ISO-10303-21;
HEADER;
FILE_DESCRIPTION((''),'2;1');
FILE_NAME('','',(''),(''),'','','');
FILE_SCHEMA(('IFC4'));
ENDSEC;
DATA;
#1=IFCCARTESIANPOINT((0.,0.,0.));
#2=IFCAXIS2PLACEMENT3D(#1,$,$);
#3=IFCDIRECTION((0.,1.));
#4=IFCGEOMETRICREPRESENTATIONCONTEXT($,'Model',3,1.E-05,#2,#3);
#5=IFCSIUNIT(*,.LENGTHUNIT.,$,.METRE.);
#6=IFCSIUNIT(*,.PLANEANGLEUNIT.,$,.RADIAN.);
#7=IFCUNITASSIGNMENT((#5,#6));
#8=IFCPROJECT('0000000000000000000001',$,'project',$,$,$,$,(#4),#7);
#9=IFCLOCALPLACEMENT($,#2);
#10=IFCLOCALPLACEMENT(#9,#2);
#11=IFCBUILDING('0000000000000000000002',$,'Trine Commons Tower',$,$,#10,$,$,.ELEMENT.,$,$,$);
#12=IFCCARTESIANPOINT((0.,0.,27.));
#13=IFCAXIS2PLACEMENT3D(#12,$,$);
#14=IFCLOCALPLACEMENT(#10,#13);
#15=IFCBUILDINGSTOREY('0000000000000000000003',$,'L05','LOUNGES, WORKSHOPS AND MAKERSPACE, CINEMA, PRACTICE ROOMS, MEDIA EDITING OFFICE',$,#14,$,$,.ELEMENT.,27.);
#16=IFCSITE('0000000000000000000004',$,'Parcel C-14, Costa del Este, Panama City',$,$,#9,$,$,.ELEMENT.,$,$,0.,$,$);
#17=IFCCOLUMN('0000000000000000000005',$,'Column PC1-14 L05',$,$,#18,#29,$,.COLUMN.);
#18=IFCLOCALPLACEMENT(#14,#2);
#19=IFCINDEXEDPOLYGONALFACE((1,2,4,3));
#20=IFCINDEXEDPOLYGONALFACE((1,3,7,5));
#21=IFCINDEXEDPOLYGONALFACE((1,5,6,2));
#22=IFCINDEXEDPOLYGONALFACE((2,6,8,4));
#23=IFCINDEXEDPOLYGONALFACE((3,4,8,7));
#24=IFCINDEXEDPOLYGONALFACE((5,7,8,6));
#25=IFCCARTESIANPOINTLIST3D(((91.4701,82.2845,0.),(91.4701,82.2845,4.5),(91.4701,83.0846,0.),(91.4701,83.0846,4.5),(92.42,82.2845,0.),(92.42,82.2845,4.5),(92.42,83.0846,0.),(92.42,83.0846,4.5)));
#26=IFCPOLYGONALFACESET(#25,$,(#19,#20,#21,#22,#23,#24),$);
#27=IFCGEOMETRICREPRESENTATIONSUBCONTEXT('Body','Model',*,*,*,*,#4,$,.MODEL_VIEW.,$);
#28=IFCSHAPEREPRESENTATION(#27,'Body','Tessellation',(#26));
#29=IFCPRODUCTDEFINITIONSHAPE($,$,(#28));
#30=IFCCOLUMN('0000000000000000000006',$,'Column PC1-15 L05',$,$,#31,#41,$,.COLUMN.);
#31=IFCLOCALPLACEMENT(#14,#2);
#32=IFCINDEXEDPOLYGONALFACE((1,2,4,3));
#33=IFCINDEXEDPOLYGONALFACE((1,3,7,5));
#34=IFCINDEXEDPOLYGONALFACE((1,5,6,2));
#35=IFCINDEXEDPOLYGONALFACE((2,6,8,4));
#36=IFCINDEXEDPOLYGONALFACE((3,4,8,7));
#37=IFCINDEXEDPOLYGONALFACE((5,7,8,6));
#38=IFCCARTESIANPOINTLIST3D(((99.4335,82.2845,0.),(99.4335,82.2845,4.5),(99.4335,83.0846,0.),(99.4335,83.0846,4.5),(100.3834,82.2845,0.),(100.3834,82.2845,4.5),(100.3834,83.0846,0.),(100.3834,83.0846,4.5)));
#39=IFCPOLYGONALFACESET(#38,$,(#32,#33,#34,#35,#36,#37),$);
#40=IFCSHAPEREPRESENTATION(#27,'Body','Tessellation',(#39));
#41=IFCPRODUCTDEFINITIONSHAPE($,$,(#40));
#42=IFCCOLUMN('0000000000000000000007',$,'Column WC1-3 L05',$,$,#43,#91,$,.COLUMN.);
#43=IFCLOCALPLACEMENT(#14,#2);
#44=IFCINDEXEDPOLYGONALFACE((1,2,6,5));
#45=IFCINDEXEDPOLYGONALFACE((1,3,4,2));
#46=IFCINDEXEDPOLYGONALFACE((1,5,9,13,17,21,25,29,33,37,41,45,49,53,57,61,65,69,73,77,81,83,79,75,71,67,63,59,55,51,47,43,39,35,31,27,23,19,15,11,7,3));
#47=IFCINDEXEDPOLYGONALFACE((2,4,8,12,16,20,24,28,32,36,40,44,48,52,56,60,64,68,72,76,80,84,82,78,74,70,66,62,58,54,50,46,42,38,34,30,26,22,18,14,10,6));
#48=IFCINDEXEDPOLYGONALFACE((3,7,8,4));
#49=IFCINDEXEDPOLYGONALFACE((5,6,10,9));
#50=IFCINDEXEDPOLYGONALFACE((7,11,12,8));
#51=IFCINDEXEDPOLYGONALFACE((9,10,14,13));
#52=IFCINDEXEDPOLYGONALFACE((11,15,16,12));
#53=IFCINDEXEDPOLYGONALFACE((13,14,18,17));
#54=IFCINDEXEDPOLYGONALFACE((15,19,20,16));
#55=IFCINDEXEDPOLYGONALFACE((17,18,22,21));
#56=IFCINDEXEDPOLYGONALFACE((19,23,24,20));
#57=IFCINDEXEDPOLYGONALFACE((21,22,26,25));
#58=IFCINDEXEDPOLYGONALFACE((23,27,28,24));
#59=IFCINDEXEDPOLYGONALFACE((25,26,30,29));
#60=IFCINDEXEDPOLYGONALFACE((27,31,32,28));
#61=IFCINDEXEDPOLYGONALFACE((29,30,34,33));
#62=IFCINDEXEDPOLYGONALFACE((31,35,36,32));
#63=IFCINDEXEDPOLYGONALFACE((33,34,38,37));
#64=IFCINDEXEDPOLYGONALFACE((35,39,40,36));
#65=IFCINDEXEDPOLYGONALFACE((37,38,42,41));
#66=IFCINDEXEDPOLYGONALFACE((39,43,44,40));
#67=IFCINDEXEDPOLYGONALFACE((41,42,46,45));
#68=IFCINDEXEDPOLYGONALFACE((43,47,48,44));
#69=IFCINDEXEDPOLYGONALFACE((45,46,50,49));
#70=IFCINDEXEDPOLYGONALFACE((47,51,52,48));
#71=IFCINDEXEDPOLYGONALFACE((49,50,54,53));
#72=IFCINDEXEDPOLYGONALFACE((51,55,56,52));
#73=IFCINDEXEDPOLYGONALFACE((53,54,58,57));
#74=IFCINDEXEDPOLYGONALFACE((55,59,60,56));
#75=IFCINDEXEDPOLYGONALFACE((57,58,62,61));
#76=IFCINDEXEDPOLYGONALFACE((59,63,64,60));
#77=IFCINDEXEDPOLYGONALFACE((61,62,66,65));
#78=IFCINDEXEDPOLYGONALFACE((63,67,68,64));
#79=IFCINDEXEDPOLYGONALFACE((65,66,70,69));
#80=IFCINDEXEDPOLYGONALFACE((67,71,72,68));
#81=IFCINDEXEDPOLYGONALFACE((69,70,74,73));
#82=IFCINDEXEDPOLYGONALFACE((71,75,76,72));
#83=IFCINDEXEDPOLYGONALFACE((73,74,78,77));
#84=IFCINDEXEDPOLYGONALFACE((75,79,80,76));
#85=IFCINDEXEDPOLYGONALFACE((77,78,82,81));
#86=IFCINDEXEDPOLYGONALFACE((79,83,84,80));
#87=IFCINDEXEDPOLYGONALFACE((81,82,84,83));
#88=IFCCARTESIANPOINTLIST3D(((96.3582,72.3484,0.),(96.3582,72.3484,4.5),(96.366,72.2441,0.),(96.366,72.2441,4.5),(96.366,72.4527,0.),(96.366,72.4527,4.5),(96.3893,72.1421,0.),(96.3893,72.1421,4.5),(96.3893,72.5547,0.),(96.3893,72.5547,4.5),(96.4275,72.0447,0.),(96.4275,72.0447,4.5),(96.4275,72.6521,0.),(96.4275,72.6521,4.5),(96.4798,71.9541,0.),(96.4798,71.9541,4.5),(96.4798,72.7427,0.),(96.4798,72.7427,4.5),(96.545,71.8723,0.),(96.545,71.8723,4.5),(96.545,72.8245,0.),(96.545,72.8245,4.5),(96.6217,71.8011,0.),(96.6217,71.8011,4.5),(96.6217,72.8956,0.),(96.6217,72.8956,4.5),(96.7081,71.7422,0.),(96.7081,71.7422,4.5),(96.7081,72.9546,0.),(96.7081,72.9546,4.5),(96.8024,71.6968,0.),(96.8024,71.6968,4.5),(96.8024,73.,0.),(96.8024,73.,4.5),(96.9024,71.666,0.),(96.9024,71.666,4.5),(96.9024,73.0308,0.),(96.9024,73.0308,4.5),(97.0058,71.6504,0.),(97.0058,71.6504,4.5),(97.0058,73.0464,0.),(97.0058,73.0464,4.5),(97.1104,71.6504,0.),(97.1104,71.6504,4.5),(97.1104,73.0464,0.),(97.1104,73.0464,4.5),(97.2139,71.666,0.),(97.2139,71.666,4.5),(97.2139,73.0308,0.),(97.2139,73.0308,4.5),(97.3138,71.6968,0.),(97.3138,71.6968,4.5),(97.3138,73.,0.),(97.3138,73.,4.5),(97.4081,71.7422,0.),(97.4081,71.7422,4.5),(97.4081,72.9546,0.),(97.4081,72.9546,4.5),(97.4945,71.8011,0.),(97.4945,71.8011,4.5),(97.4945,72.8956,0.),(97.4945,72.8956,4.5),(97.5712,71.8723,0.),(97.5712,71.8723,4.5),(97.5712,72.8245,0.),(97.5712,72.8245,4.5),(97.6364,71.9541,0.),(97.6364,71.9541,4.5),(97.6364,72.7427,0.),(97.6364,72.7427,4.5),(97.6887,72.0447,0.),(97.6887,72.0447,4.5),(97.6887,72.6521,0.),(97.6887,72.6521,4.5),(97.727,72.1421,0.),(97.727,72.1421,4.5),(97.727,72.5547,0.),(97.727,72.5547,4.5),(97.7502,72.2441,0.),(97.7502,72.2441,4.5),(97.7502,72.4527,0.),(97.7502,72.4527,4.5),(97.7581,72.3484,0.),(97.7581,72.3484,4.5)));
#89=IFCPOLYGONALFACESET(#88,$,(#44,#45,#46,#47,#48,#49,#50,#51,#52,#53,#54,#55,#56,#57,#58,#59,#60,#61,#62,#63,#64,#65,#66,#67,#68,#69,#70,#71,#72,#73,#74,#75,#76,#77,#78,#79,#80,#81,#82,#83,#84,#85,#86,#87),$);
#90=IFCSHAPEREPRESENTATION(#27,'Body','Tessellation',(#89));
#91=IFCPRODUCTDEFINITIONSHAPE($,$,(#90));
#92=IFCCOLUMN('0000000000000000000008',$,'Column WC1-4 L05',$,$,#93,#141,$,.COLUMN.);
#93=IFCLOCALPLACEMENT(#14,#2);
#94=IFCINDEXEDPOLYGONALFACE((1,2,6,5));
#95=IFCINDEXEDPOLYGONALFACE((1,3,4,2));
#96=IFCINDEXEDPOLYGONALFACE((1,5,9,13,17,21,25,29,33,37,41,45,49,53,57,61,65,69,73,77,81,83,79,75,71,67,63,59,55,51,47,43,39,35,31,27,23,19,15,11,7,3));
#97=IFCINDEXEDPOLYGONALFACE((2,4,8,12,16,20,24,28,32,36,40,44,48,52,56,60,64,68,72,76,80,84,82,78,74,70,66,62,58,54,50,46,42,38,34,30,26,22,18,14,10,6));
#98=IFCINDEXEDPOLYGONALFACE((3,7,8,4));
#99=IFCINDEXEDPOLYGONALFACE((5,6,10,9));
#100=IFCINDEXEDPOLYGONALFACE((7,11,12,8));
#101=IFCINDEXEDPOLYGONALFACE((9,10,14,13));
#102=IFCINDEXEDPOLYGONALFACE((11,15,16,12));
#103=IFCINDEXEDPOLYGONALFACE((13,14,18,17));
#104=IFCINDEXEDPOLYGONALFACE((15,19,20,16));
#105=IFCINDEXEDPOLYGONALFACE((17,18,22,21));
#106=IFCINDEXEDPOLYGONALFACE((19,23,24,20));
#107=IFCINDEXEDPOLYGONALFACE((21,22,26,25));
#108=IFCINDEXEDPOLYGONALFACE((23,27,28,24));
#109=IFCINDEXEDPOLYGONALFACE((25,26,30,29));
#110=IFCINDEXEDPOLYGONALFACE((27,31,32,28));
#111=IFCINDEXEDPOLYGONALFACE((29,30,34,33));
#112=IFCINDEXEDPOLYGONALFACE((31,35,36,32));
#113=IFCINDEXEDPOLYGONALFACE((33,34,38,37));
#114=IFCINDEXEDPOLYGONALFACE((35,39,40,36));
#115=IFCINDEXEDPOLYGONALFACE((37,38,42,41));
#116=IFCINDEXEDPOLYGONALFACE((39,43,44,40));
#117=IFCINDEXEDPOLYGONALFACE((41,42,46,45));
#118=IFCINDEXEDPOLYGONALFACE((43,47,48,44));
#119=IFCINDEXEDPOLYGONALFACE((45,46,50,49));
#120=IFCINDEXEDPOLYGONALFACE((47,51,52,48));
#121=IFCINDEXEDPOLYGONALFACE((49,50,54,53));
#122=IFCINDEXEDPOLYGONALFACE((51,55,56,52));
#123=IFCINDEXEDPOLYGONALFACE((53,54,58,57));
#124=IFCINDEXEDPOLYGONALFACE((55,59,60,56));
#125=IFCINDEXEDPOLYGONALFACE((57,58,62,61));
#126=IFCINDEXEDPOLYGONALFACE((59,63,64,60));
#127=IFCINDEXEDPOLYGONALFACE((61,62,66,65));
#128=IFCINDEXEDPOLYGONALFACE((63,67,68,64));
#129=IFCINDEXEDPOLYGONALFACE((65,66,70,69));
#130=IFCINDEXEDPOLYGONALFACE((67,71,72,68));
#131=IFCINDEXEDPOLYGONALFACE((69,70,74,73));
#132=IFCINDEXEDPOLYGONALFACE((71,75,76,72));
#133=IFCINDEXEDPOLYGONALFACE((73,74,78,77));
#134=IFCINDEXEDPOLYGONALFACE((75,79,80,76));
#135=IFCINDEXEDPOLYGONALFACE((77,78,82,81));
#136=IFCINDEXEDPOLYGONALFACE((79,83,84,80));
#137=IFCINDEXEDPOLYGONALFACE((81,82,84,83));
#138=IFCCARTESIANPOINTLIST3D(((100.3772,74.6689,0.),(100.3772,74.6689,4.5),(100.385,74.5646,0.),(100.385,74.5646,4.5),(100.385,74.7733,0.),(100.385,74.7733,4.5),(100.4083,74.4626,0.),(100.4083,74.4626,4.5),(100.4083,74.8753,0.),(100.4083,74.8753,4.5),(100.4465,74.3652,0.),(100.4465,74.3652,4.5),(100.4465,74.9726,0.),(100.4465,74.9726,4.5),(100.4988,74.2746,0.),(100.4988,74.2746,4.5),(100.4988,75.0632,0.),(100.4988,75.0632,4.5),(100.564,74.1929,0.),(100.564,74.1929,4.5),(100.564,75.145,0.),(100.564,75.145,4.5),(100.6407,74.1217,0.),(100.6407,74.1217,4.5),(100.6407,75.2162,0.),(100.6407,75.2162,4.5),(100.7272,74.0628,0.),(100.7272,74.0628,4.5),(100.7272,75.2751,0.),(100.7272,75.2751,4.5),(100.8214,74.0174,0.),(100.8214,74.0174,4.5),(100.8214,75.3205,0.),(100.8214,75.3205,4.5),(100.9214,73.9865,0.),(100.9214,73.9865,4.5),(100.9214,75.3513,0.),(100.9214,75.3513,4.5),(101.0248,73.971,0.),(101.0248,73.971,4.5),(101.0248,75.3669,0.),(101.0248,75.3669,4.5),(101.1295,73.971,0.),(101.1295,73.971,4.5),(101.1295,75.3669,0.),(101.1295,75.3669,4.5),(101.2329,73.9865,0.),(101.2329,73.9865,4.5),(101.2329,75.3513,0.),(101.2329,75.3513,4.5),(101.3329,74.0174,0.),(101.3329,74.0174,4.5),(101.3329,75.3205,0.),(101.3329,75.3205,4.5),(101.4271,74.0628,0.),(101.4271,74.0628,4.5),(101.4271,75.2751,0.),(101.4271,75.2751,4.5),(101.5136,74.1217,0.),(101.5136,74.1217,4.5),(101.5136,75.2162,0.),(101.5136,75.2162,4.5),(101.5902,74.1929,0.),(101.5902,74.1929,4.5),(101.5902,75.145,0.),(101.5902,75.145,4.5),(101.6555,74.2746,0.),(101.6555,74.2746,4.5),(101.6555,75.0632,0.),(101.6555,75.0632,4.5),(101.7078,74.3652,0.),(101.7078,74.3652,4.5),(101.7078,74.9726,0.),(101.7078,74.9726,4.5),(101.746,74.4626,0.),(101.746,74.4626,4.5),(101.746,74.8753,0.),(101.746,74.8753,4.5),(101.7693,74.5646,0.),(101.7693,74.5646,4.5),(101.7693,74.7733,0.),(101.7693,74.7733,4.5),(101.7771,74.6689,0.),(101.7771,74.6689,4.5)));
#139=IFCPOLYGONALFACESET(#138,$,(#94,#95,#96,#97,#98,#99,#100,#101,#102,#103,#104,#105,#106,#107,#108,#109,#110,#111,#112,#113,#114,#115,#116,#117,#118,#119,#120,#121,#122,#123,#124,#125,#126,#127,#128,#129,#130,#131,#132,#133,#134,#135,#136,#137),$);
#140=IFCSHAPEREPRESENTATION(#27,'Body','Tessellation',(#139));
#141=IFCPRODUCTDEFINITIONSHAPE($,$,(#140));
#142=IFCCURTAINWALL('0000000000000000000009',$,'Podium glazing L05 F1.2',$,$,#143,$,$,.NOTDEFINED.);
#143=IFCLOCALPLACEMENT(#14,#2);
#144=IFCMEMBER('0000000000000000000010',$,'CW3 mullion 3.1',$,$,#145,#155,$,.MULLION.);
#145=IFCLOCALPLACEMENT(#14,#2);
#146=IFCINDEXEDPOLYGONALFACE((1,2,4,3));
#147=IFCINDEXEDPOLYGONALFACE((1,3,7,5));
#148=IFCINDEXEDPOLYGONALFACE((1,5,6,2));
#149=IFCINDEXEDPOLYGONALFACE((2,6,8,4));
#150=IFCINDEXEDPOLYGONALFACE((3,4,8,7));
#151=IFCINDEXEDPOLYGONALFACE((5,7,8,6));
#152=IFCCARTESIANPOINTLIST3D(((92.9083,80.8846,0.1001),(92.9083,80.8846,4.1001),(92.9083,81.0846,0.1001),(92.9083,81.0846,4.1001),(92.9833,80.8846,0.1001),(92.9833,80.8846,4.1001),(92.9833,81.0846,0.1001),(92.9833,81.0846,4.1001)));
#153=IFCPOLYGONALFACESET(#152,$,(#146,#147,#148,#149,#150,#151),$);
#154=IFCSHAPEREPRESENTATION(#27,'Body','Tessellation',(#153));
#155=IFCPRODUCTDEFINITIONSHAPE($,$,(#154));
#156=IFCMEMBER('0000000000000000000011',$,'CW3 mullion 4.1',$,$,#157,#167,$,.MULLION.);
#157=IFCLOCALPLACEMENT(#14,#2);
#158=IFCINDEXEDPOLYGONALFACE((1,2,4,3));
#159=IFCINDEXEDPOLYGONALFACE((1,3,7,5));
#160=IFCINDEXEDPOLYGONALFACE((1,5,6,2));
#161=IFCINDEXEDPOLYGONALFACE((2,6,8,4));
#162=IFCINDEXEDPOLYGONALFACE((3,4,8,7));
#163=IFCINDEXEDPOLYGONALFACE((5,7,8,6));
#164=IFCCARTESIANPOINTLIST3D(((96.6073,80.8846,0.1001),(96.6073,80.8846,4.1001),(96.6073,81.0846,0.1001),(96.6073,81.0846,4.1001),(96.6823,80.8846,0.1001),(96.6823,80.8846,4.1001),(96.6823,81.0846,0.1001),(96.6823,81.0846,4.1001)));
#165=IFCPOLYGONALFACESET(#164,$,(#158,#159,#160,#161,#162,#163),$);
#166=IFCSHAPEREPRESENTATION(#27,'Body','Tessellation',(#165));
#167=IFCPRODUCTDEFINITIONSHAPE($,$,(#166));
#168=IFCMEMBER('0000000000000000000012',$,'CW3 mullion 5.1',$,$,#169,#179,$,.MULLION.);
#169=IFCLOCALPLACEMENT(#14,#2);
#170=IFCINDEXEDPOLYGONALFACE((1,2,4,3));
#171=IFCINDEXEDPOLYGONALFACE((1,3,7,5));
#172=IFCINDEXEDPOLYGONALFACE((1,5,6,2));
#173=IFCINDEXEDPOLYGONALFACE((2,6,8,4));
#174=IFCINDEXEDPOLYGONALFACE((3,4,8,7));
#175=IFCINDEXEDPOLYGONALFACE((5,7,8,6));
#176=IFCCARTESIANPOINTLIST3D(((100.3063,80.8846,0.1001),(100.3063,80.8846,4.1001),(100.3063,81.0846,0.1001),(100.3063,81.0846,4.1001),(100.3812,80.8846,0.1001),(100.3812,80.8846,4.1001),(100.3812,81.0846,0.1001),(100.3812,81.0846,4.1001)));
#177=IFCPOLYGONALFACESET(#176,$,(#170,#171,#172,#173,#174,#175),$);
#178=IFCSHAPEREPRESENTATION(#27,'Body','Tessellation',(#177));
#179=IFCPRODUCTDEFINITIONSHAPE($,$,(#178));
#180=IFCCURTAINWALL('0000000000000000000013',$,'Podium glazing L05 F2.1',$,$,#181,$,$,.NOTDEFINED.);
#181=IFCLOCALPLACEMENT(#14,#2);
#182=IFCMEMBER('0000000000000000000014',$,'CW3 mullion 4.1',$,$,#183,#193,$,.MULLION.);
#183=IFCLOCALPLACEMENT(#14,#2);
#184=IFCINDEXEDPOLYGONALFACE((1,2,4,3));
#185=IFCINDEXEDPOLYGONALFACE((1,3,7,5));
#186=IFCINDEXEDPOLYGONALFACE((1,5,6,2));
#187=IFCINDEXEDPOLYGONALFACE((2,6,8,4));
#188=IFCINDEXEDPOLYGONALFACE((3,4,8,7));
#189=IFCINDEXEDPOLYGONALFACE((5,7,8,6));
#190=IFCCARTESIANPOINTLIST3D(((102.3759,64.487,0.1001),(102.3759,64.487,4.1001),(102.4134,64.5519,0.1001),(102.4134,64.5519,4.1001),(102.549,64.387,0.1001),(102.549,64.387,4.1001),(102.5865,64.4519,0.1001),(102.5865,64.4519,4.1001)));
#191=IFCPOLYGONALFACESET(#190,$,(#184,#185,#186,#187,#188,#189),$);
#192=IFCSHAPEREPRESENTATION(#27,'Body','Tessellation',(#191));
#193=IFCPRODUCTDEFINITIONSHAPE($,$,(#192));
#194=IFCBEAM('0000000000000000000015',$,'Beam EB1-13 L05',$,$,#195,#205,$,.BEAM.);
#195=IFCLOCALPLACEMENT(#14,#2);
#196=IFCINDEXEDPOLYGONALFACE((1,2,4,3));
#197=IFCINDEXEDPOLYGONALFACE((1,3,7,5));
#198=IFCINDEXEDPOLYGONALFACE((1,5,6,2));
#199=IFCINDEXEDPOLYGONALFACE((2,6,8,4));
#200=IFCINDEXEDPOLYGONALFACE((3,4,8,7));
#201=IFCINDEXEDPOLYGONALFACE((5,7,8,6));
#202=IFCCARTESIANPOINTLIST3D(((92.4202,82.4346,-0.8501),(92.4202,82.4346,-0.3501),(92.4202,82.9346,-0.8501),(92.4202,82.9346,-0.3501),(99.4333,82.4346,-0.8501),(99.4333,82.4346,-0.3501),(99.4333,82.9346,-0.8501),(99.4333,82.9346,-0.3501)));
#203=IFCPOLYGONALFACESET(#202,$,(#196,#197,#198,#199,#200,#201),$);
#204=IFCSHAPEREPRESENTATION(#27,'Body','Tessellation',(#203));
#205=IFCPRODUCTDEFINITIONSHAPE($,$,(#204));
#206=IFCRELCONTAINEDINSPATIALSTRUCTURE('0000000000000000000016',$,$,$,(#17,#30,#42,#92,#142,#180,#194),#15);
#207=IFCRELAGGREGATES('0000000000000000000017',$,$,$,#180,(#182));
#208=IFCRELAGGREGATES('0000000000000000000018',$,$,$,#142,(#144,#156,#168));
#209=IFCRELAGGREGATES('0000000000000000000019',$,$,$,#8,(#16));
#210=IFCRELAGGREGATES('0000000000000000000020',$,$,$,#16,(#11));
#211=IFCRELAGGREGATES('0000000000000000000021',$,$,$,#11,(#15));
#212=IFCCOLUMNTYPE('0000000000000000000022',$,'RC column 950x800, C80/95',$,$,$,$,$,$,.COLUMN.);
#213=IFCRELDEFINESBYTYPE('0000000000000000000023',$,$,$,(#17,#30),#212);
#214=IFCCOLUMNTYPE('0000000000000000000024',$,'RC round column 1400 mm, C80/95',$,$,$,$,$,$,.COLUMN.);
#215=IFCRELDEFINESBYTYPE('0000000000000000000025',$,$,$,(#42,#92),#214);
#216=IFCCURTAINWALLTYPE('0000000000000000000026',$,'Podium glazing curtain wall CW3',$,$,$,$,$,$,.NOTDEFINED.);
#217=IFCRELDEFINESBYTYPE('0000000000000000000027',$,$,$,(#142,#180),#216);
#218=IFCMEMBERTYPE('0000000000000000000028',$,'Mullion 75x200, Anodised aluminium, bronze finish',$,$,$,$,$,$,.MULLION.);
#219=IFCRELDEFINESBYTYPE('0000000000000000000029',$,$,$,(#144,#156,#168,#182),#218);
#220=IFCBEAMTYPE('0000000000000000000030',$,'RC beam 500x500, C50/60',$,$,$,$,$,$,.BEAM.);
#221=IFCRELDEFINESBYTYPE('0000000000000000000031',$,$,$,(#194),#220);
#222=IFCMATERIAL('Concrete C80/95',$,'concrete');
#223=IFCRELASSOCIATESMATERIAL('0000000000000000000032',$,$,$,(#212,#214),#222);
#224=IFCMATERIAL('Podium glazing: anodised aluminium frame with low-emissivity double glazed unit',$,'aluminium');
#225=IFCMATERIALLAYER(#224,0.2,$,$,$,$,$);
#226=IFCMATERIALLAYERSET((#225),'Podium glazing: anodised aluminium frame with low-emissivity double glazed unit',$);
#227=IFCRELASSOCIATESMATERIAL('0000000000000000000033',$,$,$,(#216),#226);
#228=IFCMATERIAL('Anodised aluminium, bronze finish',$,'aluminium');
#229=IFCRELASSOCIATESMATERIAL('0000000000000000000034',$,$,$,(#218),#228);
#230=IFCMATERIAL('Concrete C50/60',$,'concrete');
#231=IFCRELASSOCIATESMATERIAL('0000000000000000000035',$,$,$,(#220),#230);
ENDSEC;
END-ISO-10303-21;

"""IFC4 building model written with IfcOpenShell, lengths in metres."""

from ifc_helpers import new_model, si_unit, direction, frame, origin, origin_2d, place, context, subcontext, project, spatial, rectangle, circle, extrude, material, layer, layer_set, material_profile, profile_set, type_object, element, aggregate, save


model = new_model("IFC4")

# Units and contexts
model_context = context("Model", 3, precision=1e-05, world=origin(), true_north=direction((0.0, 1.0)))
body_context = subcontext(model_context, "Body", "Model", "MODEL_VIEW")
ifc_project = project(units=[si_unit("LENGTHUNIT", "METRE"), si_unit("PLANEANGLEUNIT", "RADIAN")], contexts=[model_context])

# Site, building, storey
site_placement = place(None, origin())
site = spatial("IfcSite", under=ifc_project, at=site_placement, Name="Parcel C-14, Costa del Este, Panama City", CompositionType="ELEMENT", RefElevation=0.0)
building_placement = place(site_placement, origin())
building = spatial("IfcBuilding", under=site, at=building_placement, Name="Trine Commons Tower", CompositionType="ELEMENT")
storey_placement = place(building_placement, frame((0.0, 0.0, 27.0)))
storey = spatial("IfcBuildingStorey", under=building, at=storey_placement, Name="L05", Description="LOUNGES, WORKSHOPS AND MAKERSPACE, CINEMA, PRACTICE ROOMS, MEDIA EDITING OFFICE", CompositionType="ELEMENT", Elevation=27.0)

# Columns
ifc_material_1 = material(Name="Concrete C80/95", Category="concrete")
ifc_material_profile_1 = material_profile(ifc_material_1, rectangle(XDim=0.95, YDim=0.8, at=origin_2d()), Name="RC 950x800")
ifc_profile_set_1 = profile_set([ifc_material_profile_1], Name="Concrete C80/95")
column_type_1 = type_object("IfcColumnType", Name="RC column 950x800, C80/95", PredefinedType="COLUMN", material=ifc_profile_set_1)
for number, where, z_axis, x_axis, name in (
    (1, (91.9451, 82.6846, 0.0), (0.0, 0.0, 1.0), (1.0, 0.0, 0.0), "Column PC1-14 L05"),
    (2, (99.9084, 82.6846, 0.0), (0.0, 0.0, 1.0), (1.0, 0.0, 0.0), "Column PC1-15 L05"),
):
    element("IfcColumn", number, at=place(storey_placement, frame(where, z_axis=z_axis, x_axis=x_axis)), inside=storey, type_object=column_type_1, Name=name, PredefinedType="COLUMN", context=body_context, shape_type="SweptSolid", body=[
        extrude(rectangle(XDim=0.95, YDim=0.8, at=origin_2d()), origin(), (0.0, 0.0, 1.0), 4.5),
    ])
ifc_material_profile_2 = material_profile(ifc_material_1, circle(Radius=0.7, at=origin_2d()), Name="RC round 1400")
ifc_profile_set_2 = profile_set([ifc_material_profile_2], Name="Concrete C80/95")
column_type_2 = type_object("IfcColumnType", Name="RC round column 1400 mm, C80/95", PredefinedType="COLUMN", material=ifc_profile_set_2)
for number, where, z_axis, x_axis, name in (
    (3, (97.0581, 72.3484, 0.0), (0.0, 0.0, 1.0), (1.0, 0.0, 0.0), "Column WC1-3 L05"),
    (4, (101.0771, 74.6689, 0.0), (0.0, 0.0, 1.0), (1.0, 0.0, 0.0), "Column WC1-4 L05"),
):
    element("IfcColumn", number, at=place(storey_placement, frame(where, z_axis=z_axis, x_axis=x_axis)), inside=storey, type_object=column_type_2, Name=name, PredefinedType="COLUMN", context=body_context, shape_type="SweptSolid", body=[
        extrude(circle(Radius=0.7, at=origin_2d()), origin(), (0.0, 0.0, 1.0), 4.5),
    ])

# Curtain wall, members
ifc_material_2 = material(Name="Podium glazing: anodised aluminium frame with low-emissivity double glazed unit", Category="aluminium")
ifc_layer_1 = layer(ifc_material_2, 0.2)
ifc_layer_set_1 = layer_set([ifc_layer_1], Name="Podium glazing: anodised aluminium frame with low-emissivity double glazed unit")
curtain_wall_type_1 = type_object("IfcCurtainWallType", Name="Podium glazing curtain wall CW3", PredefinedType="NOTDEFINED", material=ifc_layer_set_1)
curtain_wall_1_placement = place(storey_placement, origin())
curtain_wall_1 = element("IfcCurtainWall", 5, at=curtain_wall_1_placement, inside=storey, type_object=curtain_wall_type_1, Name="Podium glazing L05 F1.2", PredefinedType="NOTDEFINED")
ifc_material_3 = material(Name="Anodised aluminium, bronze finish", Category="aluminium")
ifc_material_profile_3 = material_profile(ifc_material_3, rectangle(XDim=0.2, YDim=0.075, at=origin_2d()), Name="Mullion 75x200")
ifc_profile_set_3 = profile_set([ifc_material_profile_3], Name="Anodised aluminium, bronze finish")
member_type_1 = type_object("IfcMemberType", Name="Mullion 75x200, Anodised aluminium, bronze finish", PredefinedType="MULLION", material=ifc_profile_set_3)
member_1_placement = place(storey_placement, frame((92.9458, 80.9846, 0.1001), z_axis=(0.0, 0.0, 1.0), x_axis=(0.0, 1.0, 0.0)))
member_1 = element("IfcMember", 6, at=member_1_placement, type_object=member_type_1, Name="CW3 mullion 3.1", PredefinedType="MULLION", context=body_context, shape_type="SweptSolid", body=[
    extrude(rectangle(XDim=0.2, YDim=0.075, at=origin_2d()), origin(), (0.0, 0.0, 1.0), 4.0),
])
member_2_placement = place(storey_placement, frame((96.6448, 80.9846, 0.1001), z_axis=(0.0, 0.0, 1.0), x_axis=(0.0, 1.0, 0.0)))
member_2 = element("IfcMember", 7, at=member_2_placement, type_object=member_type_1, Name="CW3 mullion 4.1", PredefinedType="MULLION", context=body_context, shape_type="SweptSolid", body=[
    extrude(rectangle(XDim=0.2, YDim=0.075, at=origin_2d()), origin(), (0.0, 0.0, 1.0), 4.0),
])
member_3_placement = place(storey_placement, frame((100.3438, 80.9846, 0.1001), z_axis=(0.0, 0.0, 1.0), x_axis=(0.0, 1.0, 0.0)))
member_3 = element("IfcMember", 8, at=member_3_placement, type_object=member_type_1, Name="CW3 mullion 5.1", PredefinedType="MULLION", context=body_context, shape_type="SweptSolid", body=[
    extrude(rectangle(XDim=0.2, YDim=0.075, at=origin_2d()), origin(), (0.0, 0.0, 1.0), 4.0),
])

# Curtain wall, member
curtain_wall_2_placement = place(storey_placement, origin())
curtain_wall_2 = element("IfcCurtainWall", 9, at=curtain_wall_2_placement, inside=storey, type_object=curtain_wall_type_1, Name="Podium glazing L05 F2.1", PredefinedType="NOTDEFINED")
member_4_placement = place(storey_placement, frame((102.4812, 64.4695, 0.1001), z_axis=(0.0, 0.0, 1.0), x_axis=(0.866025, -0.5, 0.0)))
member_4 = element("IfcMember", 10, at=member_4_placement, type_object=member_type_1, Name="CW3 mullion 4.1", PredefinedType="MULLION", context=body_context, shape_type="SweptSolid", body=[
    extrude(rectangle(XDim=0.2, YDim=0.075, at=origin_2d()), origin(), (0.0, 0.0, 1.0), 4.0),
])
aggregate(curtain_wall_2, [member_4])

# Beam
ifc_material_4 = material(Name="Concrete C50/60", Category="concrete")
ifc_material_profile_4 = material_profile(ifc_material_4, rectangle(XDim=0.5, YDim=0.5, at=origin_2d()), Name="RC 500x500")
ifc_profile_set_4 = profile_set([ifc_material_profile_4], Name="Concrete C50/60")
beam_type = type_object("IfcBeamType", Name="RC beam 500x500, C50/60", PredefinedType="BEAM", material=ifc_profile_set_4)
beam_1_placement = place(storey_placement, frame((92.4202, 82.6846, -0.6001), z_axis=(1.0, 0.0, 0.0), x_axis=(0.0, 1.0, 0.0)))
element("IfcBeam", 11, at=beam_1_placement, inside=storey, type_object=beam_type, Name="Beam EB1-13 L05", PredefinedType="BEAM", context=body_context, shape_type="SweptSolid", body=[
    extrude(rectangle(XDim=0.5, YDim=0.5, at=origin_2d()), origin(), (0.0, 0.0, 1.0), 7.0132),
])

aggregate(curtain_wall_1, [member_1, member_2, member_3])

save(model, "model.ifc")
